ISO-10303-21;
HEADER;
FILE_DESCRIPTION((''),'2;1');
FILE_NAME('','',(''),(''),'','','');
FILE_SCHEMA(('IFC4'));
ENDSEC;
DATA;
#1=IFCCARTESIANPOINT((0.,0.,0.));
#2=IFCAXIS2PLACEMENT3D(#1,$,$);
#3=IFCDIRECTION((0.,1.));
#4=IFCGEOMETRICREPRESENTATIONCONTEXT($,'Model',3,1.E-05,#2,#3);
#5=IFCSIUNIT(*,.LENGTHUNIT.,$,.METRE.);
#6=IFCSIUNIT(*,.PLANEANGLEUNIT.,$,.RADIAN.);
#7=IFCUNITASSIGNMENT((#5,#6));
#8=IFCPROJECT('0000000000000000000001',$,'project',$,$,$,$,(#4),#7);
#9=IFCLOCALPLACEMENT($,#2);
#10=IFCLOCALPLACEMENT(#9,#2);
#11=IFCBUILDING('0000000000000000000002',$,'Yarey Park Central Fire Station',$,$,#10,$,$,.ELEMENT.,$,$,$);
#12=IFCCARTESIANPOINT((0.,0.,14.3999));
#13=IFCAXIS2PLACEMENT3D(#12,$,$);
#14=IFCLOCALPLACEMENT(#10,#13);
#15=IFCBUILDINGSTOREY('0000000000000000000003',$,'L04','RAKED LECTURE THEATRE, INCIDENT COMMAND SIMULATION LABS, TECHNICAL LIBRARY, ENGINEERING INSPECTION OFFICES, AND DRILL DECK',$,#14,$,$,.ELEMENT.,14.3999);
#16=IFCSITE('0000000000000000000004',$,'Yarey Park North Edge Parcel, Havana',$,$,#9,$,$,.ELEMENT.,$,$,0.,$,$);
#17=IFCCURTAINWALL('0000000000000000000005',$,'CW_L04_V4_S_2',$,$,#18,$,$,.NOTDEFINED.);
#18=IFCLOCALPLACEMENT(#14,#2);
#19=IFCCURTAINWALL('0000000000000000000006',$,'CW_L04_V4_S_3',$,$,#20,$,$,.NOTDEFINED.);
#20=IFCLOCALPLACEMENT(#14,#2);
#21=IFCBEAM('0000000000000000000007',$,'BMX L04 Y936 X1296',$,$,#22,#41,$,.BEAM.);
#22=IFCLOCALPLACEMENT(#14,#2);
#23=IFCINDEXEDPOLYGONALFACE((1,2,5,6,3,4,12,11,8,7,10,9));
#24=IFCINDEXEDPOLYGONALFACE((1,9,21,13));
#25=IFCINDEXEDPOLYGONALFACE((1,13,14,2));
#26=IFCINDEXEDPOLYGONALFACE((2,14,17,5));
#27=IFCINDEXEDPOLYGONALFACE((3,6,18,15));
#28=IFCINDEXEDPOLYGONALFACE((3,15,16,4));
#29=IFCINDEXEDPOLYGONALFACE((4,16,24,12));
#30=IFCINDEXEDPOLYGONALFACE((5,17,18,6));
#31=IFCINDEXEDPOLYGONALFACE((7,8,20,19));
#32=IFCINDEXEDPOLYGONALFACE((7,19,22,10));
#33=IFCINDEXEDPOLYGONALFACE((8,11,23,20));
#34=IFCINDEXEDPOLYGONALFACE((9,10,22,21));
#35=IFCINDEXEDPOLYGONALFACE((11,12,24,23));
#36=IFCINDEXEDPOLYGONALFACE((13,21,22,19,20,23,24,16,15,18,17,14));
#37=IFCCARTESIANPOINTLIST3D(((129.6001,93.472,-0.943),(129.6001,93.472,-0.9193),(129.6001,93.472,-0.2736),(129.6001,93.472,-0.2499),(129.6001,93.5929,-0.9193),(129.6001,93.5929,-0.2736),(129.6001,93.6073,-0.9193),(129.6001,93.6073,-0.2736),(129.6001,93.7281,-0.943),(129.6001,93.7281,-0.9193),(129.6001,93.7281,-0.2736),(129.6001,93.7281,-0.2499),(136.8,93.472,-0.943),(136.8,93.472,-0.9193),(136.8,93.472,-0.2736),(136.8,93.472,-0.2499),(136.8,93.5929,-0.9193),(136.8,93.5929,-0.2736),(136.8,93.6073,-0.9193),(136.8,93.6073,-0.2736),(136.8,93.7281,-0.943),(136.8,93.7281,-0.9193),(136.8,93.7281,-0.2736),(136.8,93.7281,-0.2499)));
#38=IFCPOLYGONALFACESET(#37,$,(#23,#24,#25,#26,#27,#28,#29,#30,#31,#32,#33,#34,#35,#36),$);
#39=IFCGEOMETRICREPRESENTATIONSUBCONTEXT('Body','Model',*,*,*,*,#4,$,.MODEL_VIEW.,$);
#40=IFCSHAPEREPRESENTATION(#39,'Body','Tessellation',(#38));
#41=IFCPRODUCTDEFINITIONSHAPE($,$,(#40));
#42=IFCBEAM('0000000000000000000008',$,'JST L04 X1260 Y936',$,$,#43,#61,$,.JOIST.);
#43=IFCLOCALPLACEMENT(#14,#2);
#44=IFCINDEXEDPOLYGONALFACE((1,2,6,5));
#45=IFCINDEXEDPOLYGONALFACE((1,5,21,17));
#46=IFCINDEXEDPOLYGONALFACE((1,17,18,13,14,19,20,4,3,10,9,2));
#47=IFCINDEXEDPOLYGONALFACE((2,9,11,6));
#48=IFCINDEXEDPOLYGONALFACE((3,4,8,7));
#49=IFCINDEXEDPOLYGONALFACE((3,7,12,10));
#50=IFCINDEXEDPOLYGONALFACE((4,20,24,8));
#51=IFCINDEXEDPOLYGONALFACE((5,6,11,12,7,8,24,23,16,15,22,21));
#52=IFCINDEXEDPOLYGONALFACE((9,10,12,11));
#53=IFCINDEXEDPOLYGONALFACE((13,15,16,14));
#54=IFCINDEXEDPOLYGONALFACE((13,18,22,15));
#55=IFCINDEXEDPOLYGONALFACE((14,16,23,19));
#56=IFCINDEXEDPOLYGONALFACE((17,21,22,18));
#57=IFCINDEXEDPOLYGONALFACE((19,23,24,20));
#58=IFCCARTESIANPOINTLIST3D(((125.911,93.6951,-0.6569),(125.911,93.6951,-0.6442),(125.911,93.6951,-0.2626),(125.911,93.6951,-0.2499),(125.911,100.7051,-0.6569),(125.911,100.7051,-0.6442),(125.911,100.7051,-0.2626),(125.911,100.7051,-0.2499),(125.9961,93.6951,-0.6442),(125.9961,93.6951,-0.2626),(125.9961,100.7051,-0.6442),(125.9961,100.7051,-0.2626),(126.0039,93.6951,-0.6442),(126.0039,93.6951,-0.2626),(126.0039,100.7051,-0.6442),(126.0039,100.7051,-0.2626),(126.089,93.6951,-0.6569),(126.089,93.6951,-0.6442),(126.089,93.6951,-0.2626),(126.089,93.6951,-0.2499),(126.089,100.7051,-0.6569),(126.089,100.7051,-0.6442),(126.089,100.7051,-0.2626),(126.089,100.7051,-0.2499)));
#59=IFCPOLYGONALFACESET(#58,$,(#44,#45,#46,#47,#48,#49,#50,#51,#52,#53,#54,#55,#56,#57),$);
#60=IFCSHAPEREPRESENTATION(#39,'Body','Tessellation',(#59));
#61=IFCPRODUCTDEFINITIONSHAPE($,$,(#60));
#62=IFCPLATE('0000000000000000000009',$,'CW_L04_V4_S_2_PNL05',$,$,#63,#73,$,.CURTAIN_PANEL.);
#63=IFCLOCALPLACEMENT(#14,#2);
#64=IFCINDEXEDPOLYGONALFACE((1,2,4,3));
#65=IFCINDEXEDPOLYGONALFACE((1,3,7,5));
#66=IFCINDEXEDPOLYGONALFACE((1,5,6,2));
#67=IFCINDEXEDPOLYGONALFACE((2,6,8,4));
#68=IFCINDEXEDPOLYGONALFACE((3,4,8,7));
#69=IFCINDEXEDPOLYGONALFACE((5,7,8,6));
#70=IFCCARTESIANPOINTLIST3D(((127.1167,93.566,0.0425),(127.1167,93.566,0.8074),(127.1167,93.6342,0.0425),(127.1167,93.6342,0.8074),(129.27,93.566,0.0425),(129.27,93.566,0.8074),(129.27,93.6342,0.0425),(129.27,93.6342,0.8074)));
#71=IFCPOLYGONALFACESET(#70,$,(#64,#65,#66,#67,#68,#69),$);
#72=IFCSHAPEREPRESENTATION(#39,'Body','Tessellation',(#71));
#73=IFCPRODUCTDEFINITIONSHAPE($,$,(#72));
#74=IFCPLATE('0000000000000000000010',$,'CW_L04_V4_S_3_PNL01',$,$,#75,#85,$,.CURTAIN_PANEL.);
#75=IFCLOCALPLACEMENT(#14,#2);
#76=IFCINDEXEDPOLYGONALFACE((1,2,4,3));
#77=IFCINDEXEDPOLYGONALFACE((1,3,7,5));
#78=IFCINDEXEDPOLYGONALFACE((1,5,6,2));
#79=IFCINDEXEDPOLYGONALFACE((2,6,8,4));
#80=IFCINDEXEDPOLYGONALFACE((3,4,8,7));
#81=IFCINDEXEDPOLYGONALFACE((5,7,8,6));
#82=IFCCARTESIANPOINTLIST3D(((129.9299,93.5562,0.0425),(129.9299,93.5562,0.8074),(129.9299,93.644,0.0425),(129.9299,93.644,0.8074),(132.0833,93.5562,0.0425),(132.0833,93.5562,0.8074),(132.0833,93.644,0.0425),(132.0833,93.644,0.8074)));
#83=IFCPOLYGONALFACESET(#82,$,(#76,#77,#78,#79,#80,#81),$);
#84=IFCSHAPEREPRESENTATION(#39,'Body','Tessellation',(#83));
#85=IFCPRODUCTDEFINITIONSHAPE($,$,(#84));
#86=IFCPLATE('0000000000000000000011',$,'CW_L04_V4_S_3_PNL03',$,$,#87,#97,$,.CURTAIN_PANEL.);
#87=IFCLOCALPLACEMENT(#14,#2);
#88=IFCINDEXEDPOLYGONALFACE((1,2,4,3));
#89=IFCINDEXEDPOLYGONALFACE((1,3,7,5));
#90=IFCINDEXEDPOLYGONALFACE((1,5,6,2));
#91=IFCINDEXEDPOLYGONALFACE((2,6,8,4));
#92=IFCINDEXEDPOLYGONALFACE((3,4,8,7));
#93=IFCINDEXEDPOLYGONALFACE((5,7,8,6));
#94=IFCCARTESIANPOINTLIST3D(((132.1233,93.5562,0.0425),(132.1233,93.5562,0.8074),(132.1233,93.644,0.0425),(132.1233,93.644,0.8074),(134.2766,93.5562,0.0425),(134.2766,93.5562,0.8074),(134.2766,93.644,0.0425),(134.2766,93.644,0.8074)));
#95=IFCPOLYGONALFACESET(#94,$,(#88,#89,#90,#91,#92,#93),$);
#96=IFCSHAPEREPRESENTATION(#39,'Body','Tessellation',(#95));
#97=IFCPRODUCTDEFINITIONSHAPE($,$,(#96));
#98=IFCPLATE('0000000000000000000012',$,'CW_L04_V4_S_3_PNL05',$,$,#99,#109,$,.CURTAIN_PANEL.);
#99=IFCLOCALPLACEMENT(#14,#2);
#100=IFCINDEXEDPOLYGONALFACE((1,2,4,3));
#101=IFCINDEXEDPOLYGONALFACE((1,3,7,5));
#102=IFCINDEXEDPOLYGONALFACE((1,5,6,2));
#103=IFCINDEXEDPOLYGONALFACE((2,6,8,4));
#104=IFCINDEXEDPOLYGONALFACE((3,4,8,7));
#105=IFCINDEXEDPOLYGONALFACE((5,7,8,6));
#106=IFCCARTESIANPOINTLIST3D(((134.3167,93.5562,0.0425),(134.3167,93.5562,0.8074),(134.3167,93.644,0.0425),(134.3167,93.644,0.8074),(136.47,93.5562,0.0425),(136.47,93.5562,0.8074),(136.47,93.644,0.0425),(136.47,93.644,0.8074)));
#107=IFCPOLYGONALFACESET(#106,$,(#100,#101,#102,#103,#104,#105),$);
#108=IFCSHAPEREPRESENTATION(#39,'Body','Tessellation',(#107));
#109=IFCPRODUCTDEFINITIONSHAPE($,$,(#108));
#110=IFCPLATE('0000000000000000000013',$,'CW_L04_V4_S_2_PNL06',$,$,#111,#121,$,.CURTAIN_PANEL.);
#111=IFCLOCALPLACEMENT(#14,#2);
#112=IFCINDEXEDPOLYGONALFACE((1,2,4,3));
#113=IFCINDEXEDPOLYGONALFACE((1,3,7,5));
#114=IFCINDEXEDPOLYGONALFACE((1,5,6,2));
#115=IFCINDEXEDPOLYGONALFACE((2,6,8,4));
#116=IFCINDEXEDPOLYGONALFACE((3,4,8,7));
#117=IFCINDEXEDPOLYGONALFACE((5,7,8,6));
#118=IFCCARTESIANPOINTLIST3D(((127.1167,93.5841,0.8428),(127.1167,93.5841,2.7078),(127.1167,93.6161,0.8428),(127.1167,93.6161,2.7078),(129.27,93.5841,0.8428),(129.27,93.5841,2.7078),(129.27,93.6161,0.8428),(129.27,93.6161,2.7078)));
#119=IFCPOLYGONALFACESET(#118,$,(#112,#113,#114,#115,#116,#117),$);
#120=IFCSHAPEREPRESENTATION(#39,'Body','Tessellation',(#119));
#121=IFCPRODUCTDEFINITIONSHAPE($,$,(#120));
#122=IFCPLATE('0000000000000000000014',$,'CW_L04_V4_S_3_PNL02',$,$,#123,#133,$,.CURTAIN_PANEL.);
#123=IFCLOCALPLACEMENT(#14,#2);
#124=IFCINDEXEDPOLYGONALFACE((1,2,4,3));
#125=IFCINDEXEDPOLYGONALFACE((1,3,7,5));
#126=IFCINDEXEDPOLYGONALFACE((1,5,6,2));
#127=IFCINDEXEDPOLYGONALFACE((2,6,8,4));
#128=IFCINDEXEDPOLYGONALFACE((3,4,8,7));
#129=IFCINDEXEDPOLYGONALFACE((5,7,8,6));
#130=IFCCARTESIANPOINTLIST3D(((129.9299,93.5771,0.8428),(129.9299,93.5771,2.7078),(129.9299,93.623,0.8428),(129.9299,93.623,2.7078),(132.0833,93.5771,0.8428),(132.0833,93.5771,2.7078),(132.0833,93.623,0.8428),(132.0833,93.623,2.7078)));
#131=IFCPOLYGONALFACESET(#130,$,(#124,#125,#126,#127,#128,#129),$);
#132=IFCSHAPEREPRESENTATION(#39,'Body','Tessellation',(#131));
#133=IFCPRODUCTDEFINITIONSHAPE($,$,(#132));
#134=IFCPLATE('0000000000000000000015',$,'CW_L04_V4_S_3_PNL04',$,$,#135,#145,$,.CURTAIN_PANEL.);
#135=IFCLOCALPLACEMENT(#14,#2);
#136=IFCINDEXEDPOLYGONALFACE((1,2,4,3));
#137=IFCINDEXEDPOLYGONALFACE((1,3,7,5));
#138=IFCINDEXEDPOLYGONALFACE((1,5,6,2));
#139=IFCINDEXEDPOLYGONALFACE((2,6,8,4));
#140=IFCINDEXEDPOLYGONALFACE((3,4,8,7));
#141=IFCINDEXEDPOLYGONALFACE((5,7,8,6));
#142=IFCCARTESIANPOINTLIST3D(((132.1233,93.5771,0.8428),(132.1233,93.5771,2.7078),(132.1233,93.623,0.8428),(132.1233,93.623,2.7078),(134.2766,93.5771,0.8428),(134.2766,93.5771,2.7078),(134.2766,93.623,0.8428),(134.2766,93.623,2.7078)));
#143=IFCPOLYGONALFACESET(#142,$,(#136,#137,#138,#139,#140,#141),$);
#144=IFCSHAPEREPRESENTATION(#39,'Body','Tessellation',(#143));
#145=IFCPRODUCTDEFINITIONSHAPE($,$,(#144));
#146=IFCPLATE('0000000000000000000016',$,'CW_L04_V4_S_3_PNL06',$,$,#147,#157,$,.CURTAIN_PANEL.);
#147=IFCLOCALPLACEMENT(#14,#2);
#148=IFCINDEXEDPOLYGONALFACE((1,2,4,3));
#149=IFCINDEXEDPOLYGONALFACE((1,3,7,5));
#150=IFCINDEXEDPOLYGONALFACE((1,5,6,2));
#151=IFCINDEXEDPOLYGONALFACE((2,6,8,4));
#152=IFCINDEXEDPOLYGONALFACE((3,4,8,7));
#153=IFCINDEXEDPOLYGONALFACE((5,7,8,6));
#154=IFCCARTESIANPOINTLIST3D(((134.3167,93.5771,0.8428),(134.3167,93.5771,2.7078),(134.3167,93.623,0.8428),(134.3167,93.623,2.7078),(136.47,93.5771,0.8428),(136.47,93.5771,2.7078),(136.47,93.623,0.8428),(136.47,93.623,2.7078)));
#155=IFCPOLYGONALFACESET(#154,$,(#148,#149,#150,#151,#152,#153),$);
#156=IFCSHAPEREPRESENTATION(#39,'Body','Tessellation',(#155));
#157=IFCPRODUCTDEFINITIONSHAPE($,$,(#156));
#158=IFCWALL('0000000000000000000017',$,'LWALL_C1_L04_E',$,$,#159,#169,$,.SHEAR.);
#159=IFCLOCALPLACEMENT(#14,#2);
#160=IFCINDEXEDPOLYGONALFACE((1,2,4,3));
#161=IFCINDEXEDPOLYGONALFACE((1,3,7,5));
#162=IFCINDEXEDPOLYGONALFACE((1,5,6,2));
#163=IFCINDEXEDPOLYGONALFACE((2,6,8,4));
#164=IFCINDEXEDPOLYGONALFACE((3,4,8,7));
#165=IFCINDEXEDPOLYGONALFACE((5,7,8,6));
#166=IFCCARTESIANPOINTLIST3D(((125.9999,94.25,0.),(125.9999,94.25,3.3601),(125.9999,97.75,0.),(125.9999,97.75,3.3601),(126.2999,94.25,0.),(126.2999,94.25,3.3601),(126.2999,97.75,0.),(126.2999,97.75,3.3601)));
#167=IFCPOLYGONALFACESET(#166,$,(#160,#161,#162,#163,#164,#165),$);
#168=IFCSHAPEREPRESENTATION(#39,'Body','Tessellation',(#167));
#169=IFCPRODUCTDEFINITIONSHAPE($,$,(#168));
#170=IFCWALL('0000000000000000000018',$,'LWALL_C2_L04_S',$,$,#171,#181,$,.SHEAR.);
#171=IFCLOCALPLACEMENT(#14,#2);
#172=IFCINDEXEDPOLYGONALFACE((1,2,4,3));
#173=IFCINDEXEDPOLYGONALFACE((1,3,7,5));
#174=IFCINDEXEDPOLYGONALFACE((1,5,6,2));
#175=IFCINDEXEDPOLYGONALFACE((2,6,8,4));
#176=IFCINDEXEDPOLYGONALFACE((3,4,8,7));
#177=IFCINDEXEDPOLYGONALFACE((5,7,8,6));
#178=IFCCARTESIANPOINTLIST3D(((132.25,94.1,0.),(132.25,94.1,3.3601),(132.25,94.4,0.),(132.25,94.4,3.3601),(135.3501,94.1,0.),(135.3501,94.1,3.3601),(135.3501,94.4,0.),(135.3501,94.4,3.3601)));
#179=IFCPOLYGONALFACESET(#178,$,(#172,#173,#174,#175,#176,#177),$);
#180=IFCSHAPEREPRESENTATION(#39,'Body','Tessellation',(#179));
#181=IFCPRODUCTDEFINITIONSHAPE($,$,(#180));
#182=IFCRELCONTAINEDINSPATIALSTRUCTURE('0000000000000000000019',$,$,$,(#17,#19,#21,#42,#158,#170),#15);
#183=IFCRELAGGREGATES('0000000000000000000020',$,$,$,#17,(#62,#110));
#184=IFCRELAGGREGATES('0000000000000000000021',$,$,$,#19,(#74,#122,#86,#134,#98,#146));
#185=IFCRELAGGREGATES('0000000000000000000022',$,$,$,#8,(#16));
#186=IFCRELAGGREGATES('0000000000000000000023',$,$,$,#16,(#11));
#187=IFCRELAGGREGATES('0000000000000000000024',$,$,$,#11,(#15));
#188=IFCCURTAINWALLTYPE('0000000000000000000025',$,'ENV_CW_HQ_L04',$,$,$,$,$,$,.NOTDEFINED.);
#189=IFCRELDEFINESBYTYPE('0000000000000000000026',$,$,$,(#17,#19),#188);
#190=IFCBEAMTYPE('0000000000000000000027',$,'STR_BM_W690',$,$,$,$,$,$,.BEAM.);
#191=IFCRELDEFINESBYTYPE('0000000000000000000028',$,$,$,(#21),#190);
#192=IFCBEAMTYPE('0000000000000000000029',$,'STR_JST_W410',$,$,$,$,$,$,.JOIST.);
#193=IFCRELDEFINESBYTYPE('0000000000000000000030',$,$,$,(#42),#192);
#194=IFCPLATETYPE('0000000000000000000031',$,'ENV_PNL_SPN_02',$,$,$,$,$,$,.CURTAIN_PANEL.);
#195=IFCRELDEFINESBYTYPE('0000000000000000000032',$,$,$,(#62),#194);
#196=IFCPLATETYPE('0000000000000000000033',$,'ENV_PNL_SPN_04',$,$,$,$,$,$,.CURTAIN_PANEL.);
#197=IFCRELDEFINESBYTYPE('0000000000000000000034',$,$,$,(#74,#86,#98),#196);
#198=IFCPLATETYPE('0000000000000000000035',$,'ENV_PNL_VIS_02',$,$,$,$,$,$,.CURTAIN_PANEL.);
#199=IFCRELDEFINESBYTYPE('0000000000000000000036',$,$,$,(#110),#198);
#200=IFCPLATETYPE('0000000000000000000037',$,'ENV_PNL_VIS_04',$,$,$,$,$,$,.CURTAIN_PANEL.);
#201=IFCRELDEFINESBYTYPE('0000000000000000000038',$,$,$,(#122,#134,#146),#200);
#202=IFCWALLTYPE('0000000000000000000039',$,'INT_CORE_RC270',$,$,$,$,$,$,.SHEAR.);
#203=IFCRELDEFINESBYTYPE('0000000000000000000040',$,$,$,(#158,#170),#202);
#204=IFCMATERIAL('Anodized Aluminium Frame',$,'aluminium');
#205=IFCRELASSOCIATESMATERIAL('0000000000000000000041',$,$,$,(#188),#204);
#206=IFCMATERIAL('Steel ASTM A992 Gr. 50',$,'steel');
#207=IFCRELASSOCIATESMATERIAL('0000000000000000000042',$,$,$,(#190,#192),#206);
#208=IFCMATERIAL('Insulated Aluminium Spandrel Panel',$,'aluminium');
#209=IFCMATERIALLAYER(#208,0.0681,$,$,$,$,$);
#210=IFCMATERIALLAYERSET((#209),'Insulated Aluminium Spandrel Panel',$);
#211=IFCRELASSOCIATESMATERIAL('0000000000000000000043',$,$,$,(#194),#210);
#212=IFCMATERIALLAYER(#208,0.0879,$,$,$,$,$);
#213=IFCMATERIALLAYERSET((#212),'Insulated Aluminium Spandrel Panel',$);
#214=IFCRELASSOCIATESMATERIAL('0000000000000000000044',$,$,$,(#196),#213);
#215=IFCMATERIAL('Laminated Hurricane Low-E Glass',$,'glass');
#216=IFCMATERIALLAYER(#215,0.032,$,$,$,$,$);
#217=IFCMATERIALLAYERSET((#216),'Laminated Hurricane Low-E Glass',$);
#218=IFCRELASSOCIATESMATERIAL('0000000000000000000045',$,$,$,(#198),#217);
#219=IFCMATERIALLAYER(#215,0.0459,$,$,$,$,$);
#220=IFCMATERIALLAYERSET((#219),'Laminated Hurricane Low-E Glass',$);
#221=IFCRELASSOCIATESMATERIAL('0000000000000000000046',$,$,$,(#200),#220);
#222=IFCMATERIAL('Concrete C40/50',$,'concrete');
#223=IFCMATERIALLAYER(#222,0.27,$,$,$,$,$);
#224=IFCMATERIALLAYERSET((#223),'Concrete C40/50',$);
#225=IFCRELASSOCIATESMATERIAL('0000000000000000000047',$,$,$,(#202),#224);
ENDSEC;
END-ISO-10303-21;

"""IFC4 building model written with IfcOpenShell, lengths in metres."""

from ifc_helpers import new_model, si_unit, direction, frame, frame_2d, origin, origin_2d, place, context, subcontext, project, spatial, rectangle, i_section, extrude, material, layer, layer_set, material_profile, profile_set, type_object, element, aggregate, save


model = new_model("IFC4")

# Units and contexts
model_context = context("Model", 3, precision=1e-05, world=origin(), true_north=direction((0.0, 1.0)))
body_context = subcontext(model_context, "Body", "Model", "MODEL_VIEW")
ifc_project = project(units=[si_unit("LENGTHUNIT", "METRE"), si_unit("PLANEANGLEUNIT", "RADIAN")], contexts=[model_context])

# Site, building, storey
site_placement = place(None, origin())
site = spatial("IfcSite", under=ifc_project, at=site_placement, Name="Yarey Park North Edge Parcel, Havana", CompositionType="ELEMENT", RefElevation=0.0)
building_placement = place(site_placement, origin())
building = spatial("IfcBuilding", under=site, at=building_placement, Name="Yarey Park Central Fire Station", CompositionType="ELEMENT")
storey_placement = place(building_placement, frame((0.0, 0.0, 14.3999)))
storey = spatial("IfcBuildingStorey", under=building, at=storey_placement, Name="L04", Description="RAKED LECTURE THEATRE, INCIDENT COMMAND SIMULATION LABS, TECHNICAL LIBRARY, ENGINEERING INSPECTION OFFICES, AND DRILL DECK", CompositionType="ELEMENT", Elevation=14.3999)

# Shared definitions
ifc_material_1 = material(Name="Concrete C40/50", Category="concrete")

# Curtain wall
ifc_material_2 = material(Name="Anodized Aluminium Frame", Category="aluminium")
curtain_wall_type = type_object("IfcCurtainWallType", Name="ENV_CW_HQ_L04", PredefinedType="NOTDEFINED", material=ifc_material_2)
curtain_wall_1_placement = place(storey_placement, origin())
curtain_wall_1 = element("IfcCurtainWall", 1, at=curtain_wall_1_placement, inside=storey, type_object=curtain_wall_type, Name="CW_L04_V4_S_2", PredefinedType="NOTDEFINED")

# Curtain wall
curtain_wall_2_placement = place(storey_placement, origin())
curtain_wall_2 = element("IfcCurtainWall", 2, at=curtain_wall_2_placement, inside=storey, type_object=curtain_wall_type, Name="CW_L04_V4_S_3", PredefinedType="NOTDEFINED")

# Beams
ifc_material_3 = material(Name="Steel ASTM A992 Gr. 50", Category="steel")
ifc_material_profile_1 = material_profile(ifc_material_3, i_section(OverallWidth=0.2561, OverallDepth=0.6931, WebThickness=0.0144, FlangeThickness=0.0237, at=origin_2d()), Name="W690x170")
ifc_profile_set_1 = profile_set([ifc_material_profile_1], Name="Steel ASTM A992 Gr. 50")
beam_type_1 = type_object("IfcBeamType", Name="STR_BM_W690", PredefinedType="BEAM", material=ifc_profile_set_1)
beam_1_placement = place(storey_placement, frame((129.6001, 93.6001, -0.5964), z_axis=(1.0, 0.0, 0.0), x_axis=(0.0, 1.0, 0.0)))
element("IfcBeam", 3, at=beam_1_placement, inside=storey, type_object=beam_type_1, Name="BMX L04 Y936 X1296", PredefinedType="BEAM", context=body_context, shape_type="SweptSolid", body=[
    extrude(i_section(OverallWidth=0.2561, OverallDepth=0.6931, WebThickness=0.0144, FlangeThickness=0.0237, at=origin_2d()), origin(), (0.0, 0.0, 1.0), 7.2),
])
ifc_material_profile_2 = material_profile(ifc_material_3, i_section(OverallWidth=0.178, OverallDepth=0.407, WebThickness=0.0078, FlangeThickness=0.0127, at=origin_2d()), Name="W410x60")
ifc_profile_set_2 = profile_set([ifc_material_profile_2], Name="Steel ASTM A992 Gr. 50")
beam_type_2 = type_object("IfcBeamType", Name="STR_JST_W410", PredefinedType="JOIST", material=ifc_profile_set_2)
beam_2_placement = place(storey_placement, frame((126.0, 93.6951, -0.4534), z_axis=(0.0, 1.0, 0.0), x_axis=(-1.0, 0.0, 0.0)))
element("IfcBeam", 4, at=beam_2_placement, inside=storey, type_object=beam_type_2, Name="JST L04 X1260 Y936", PredefinedType="JOIST", context=body_context, shape_type="SweptSolid", body=[
    extrude(i_section(OverallWidth=0.178, OverallDepth=0.407, WebThickness=0.0078, FlangeThickness=0.0127, at=origin_2d()), origin(), (0.0, 0.0, 1.0), 7.01),
])

# Plates
ifc_material_4 = material(Name="Insulated Aluminium Spandrel Panel", Category="aluminium")
ifc_layer_1 = layer(ifc_material_4, 0.0681)
ifc_layer_set_1 = layer_set([ifc_layer_1], Name="Insulated Aluminium Spandrel Panel")
plate_type_1 = type_object("IfcPlateType", Name="ENV_PNL_SPN_02", PredefinedType="CURTAIN_PANEL", material=ifc_layer_set_1)
plate_1_placement = place(storey_placement, frame((128.1934, 93.6001, 0.0425), z_axis=(0.0, 0.0, 1.0), x_axis=(1.0, 0.0, 0.0)))
plate_1 = element("IfcPlate", 5, at=plate_1_placement, type_object=plate_type_1, Name="CW_L04_V4_S_2_PNL05", PredefinedType="CURTAIN_PANEL", context=body_context, shape_type="SweptSolid", body=[
    extrude(rectangle(XDim=2.1533, YDim=0.0681, at=origin_2d()), origin(), (0.0, 0.0, 1.0), 0.7649),
])
ifc_layer_2 = layer(ifc_material_4, 0.0879)
ifc_layer_set_2 = layer_set([ifc_layer_2], Name="Insulated Aluminium Spandrel Panel")
plate_type_2 = type_object("IfcPlateType", Name="ENV_PNL_SPN_04", PredefinedType="CURTAIN_PANEL", material=ifc_layer_set_2)
plate_2_placement = place(storey_placement, frame((131.0066, 93.6001, 0.0425), z_axis=(0.0, 0.0, 1.0), x_axis=(1.0, 0.0, 0.0)))
plate_2 = element("IfcPlate", 6, at=plate_2_placement, type_object=plate_type_2, Name="CW_L04_V4_S_3_PNL01", PredefinedType="CURTAIN_PANEL", context=body_context, shape_type="SweptSolid", body=[
    extrude(rectangle(XDim=2.1533, YDim=0.0879, at=origin_2d()), origin(), (0.0, 0.0, 1.0), 0.7649),
])
plate_3_placement = place(storey_placement, frame((133.2, 93.6001, 0.0425), z_axis=(0.0, 0.0, 1.0), x_axis=(1.0, 0.0, 0.0)))
plate_3 = element("IfcPlate", 7, at=plate_3_placement, type_object=plate_type_2, Name="CW_L04_V4_S_3_PNL03", PredefinedType="CURTAIN_PANEL", context=body_context, shape_type="SweptSolid", body=[
    extrude(rectangle(XDim=2.1533, YDim=0.0879, at=origin_2d()), origin(), (0.0, 0.0, 1.0), 0.7649),
])
plate_4_placement = place(storey_placement, frame((135.3933, 93.6001, 0.0425), z_axis=(0.0, 0.0, 1.0), x_axis=(1.0, 0.0, 0.0)))
plate_4 = element("IfcPlate", 8, at=plate_4_placement, type_object=plate_type_2, Name="CW_L04_V4_S_3_PNL05", PredefinedType="CURTAIN_PANEL", context=body_context, shape_type="SweptSolid", body=[
    extrude(rectangle(XDim=2.1533, YDim=0.0879, at=origin_2d()), origin(), (0.0, 0.0, 1.0), 0.7649),
])
ifc_material_5 = material(Name="Laminated Hurricane Low-E Glass", Category="glass")
ifc_layer_3 = layer(ifc_material_5, 0.032)
ifc_layer_set_3 = layer_set([ifc_layer_3], Name="Laminated Hurricane Low-E Glass")
plate_type_3 = type_object("IfcPlateType", Name="ENV_PNL_VIS_02", PredefinedType="CURTAIN_PANEL", material=ifc_layer_set_3)
plate_5_placement = place(storey_placement, frame((128.1934, 93.6001, 0.8428), z_axis=(0.0, 0.0, 1.0), x_axis=(1.0, 0.0, 0.0)))
plate_5 = element("IfcPlate", 9, at=plate_5_placement, type_object=plate_type_3, Name="CW_L04_V4_S_2_PNL06", PredefinedType="CURTAIN_PANEL", context=body_context, shape_type="SweptSolid", body=[
    extrude(rectangle(XDim=2.1533, YDim=0.032, at=origin_2d()), origin(), (0.0, 0.0, 1.0), 1.865),
])
aggregate(curtain_wall_1, [plate_1, plate_5])
ifc_layer_4 = layer(ifc_material_5, 0.0459)
ifc_layer_set_4 = layer_set([ifc_layer_4], Name="Laminated Hurricane Low-E Glass")
plate_type_4 = type_object("IfcPlateType", Name="ENV_PNL_VIS_04", PredefinedType="CURTAIN_PANEL", material=ifc_layer_set_4)
plate_6_placement = place(storey_placement, frame((131.0066, 93.6001, 0.8428), z_axis=(0.0, 0.0, 1.0), x_axis=(1.0, 0.0, 0.0)))
plate_6 = element("IfcPlate", 10, at=plate_6_placement, type_object=plate_type_4, Name="CW_L04_V4_S_3_PNL02", PredefinedType="CURTAIN_PANEL", context=body_context, shape_type="SweptSolid", body=[
    extrude(rectangle(XDim=2.1533, YDim=0.0459, at=origin_2d()), origin(), (0.0, 0.0, 1.0), 1.865),
])
plate_7_placement = place(storey_placement, frame((133.2, 93.6001, 0.8428), z_axis=(0.0, 0.0, 1.0), x_axis=(1.0, 0.0, 0.0)))
plate_7 = element("IfcPlate", 11, at=plate_7_placement, type_object=plate_type_4, Name="CW_L04_V4_S_3_PNL04", PredefinedType="CURTAIN_PANEL", context=body_context, shape_type="SweptSolid", body=[
    extrude(rectangle(XDim=2.1533, YDim=0.0459, at=origin_2d()), origin(), (0.0, 0.0, 1.0), 1.865),
])
plate_8_placement = place(storey_placement, frame((135.3933, 93.6001, 0.8428), z_axis=(0.0, 0.0, 1.0), x_axis=(1.0, 0.0, 0.0)))
plate_8 = element("IfcPlate", 12, at=plate_8_placement, type_object=plate_type_4, Name="CW_L04_V4_S_3_PNL06", PredefinedType="CURTAIN_PANEL", context=body_context, shape_type="SweptSolid", body=[
    extrude(rectangle(XDim=2.1533, YDim=0.0459, at=origin_2d()), origin(), (0.0, 0.0, 1.0), 1.865),
])
aggregate(curtain_wall_2, [plate_2, plate_6, plate_3, plate_7, plate_4, plate_8])

# Walls
ifc_layer_5 = layer(ifc_material_1, 0.27)
ifc_layer_set_5 = layer_set([ifc_layer_5], Name="Concrete C40/50")
wall_type = type_object("IfcWallType", Name="INT_CORE_RC270", PredefinedType="SHEAR", material=ifc_layer_set_5)
wall_1_placement = place(storey_placement, frame((126.1499, 94.25, 0.0), z_axis=(0.0, 0.0, 1.0), x_axis=(0.0, 1.0, 0.0)))
element("IfcWall", 13, at=wall_1_placement, inside=storey, type_object=wall_type, Name="LWALL_C1_L04_E", PredefinedType="SHEAR", context=body_context, shape_type="SweptSolid", body=[
    extrude(rectangle(XDim=3.5, YDim=0.3, at=frame_2d((1.75, 0.0))), origin(), (0.0, 0.0, 1.0), 3.3601),
])
wall_2_placement = place(storey_placement, frame((132.25, 94.25, 0.0), z_axis=(0.0, 0.0, 1.0), x_axis=(1.0, 0.0, 0.0)))
element("IfcWall", 14, at=wall_2_placement, inside=storey, type_object=wall_type, Name="LWALL_C2_L04_S", PredefinedType="SHEAR", context=body_context, shape_type="SweptSolid", body=[
    extrude(rectangle(XDim=3.1001, YDim=0.3, at=frame_2d((1.55, 0.0))), origin(), (0.0, 0.0, 1.0), 3.3601),
])

save(model, "model.ifc")
